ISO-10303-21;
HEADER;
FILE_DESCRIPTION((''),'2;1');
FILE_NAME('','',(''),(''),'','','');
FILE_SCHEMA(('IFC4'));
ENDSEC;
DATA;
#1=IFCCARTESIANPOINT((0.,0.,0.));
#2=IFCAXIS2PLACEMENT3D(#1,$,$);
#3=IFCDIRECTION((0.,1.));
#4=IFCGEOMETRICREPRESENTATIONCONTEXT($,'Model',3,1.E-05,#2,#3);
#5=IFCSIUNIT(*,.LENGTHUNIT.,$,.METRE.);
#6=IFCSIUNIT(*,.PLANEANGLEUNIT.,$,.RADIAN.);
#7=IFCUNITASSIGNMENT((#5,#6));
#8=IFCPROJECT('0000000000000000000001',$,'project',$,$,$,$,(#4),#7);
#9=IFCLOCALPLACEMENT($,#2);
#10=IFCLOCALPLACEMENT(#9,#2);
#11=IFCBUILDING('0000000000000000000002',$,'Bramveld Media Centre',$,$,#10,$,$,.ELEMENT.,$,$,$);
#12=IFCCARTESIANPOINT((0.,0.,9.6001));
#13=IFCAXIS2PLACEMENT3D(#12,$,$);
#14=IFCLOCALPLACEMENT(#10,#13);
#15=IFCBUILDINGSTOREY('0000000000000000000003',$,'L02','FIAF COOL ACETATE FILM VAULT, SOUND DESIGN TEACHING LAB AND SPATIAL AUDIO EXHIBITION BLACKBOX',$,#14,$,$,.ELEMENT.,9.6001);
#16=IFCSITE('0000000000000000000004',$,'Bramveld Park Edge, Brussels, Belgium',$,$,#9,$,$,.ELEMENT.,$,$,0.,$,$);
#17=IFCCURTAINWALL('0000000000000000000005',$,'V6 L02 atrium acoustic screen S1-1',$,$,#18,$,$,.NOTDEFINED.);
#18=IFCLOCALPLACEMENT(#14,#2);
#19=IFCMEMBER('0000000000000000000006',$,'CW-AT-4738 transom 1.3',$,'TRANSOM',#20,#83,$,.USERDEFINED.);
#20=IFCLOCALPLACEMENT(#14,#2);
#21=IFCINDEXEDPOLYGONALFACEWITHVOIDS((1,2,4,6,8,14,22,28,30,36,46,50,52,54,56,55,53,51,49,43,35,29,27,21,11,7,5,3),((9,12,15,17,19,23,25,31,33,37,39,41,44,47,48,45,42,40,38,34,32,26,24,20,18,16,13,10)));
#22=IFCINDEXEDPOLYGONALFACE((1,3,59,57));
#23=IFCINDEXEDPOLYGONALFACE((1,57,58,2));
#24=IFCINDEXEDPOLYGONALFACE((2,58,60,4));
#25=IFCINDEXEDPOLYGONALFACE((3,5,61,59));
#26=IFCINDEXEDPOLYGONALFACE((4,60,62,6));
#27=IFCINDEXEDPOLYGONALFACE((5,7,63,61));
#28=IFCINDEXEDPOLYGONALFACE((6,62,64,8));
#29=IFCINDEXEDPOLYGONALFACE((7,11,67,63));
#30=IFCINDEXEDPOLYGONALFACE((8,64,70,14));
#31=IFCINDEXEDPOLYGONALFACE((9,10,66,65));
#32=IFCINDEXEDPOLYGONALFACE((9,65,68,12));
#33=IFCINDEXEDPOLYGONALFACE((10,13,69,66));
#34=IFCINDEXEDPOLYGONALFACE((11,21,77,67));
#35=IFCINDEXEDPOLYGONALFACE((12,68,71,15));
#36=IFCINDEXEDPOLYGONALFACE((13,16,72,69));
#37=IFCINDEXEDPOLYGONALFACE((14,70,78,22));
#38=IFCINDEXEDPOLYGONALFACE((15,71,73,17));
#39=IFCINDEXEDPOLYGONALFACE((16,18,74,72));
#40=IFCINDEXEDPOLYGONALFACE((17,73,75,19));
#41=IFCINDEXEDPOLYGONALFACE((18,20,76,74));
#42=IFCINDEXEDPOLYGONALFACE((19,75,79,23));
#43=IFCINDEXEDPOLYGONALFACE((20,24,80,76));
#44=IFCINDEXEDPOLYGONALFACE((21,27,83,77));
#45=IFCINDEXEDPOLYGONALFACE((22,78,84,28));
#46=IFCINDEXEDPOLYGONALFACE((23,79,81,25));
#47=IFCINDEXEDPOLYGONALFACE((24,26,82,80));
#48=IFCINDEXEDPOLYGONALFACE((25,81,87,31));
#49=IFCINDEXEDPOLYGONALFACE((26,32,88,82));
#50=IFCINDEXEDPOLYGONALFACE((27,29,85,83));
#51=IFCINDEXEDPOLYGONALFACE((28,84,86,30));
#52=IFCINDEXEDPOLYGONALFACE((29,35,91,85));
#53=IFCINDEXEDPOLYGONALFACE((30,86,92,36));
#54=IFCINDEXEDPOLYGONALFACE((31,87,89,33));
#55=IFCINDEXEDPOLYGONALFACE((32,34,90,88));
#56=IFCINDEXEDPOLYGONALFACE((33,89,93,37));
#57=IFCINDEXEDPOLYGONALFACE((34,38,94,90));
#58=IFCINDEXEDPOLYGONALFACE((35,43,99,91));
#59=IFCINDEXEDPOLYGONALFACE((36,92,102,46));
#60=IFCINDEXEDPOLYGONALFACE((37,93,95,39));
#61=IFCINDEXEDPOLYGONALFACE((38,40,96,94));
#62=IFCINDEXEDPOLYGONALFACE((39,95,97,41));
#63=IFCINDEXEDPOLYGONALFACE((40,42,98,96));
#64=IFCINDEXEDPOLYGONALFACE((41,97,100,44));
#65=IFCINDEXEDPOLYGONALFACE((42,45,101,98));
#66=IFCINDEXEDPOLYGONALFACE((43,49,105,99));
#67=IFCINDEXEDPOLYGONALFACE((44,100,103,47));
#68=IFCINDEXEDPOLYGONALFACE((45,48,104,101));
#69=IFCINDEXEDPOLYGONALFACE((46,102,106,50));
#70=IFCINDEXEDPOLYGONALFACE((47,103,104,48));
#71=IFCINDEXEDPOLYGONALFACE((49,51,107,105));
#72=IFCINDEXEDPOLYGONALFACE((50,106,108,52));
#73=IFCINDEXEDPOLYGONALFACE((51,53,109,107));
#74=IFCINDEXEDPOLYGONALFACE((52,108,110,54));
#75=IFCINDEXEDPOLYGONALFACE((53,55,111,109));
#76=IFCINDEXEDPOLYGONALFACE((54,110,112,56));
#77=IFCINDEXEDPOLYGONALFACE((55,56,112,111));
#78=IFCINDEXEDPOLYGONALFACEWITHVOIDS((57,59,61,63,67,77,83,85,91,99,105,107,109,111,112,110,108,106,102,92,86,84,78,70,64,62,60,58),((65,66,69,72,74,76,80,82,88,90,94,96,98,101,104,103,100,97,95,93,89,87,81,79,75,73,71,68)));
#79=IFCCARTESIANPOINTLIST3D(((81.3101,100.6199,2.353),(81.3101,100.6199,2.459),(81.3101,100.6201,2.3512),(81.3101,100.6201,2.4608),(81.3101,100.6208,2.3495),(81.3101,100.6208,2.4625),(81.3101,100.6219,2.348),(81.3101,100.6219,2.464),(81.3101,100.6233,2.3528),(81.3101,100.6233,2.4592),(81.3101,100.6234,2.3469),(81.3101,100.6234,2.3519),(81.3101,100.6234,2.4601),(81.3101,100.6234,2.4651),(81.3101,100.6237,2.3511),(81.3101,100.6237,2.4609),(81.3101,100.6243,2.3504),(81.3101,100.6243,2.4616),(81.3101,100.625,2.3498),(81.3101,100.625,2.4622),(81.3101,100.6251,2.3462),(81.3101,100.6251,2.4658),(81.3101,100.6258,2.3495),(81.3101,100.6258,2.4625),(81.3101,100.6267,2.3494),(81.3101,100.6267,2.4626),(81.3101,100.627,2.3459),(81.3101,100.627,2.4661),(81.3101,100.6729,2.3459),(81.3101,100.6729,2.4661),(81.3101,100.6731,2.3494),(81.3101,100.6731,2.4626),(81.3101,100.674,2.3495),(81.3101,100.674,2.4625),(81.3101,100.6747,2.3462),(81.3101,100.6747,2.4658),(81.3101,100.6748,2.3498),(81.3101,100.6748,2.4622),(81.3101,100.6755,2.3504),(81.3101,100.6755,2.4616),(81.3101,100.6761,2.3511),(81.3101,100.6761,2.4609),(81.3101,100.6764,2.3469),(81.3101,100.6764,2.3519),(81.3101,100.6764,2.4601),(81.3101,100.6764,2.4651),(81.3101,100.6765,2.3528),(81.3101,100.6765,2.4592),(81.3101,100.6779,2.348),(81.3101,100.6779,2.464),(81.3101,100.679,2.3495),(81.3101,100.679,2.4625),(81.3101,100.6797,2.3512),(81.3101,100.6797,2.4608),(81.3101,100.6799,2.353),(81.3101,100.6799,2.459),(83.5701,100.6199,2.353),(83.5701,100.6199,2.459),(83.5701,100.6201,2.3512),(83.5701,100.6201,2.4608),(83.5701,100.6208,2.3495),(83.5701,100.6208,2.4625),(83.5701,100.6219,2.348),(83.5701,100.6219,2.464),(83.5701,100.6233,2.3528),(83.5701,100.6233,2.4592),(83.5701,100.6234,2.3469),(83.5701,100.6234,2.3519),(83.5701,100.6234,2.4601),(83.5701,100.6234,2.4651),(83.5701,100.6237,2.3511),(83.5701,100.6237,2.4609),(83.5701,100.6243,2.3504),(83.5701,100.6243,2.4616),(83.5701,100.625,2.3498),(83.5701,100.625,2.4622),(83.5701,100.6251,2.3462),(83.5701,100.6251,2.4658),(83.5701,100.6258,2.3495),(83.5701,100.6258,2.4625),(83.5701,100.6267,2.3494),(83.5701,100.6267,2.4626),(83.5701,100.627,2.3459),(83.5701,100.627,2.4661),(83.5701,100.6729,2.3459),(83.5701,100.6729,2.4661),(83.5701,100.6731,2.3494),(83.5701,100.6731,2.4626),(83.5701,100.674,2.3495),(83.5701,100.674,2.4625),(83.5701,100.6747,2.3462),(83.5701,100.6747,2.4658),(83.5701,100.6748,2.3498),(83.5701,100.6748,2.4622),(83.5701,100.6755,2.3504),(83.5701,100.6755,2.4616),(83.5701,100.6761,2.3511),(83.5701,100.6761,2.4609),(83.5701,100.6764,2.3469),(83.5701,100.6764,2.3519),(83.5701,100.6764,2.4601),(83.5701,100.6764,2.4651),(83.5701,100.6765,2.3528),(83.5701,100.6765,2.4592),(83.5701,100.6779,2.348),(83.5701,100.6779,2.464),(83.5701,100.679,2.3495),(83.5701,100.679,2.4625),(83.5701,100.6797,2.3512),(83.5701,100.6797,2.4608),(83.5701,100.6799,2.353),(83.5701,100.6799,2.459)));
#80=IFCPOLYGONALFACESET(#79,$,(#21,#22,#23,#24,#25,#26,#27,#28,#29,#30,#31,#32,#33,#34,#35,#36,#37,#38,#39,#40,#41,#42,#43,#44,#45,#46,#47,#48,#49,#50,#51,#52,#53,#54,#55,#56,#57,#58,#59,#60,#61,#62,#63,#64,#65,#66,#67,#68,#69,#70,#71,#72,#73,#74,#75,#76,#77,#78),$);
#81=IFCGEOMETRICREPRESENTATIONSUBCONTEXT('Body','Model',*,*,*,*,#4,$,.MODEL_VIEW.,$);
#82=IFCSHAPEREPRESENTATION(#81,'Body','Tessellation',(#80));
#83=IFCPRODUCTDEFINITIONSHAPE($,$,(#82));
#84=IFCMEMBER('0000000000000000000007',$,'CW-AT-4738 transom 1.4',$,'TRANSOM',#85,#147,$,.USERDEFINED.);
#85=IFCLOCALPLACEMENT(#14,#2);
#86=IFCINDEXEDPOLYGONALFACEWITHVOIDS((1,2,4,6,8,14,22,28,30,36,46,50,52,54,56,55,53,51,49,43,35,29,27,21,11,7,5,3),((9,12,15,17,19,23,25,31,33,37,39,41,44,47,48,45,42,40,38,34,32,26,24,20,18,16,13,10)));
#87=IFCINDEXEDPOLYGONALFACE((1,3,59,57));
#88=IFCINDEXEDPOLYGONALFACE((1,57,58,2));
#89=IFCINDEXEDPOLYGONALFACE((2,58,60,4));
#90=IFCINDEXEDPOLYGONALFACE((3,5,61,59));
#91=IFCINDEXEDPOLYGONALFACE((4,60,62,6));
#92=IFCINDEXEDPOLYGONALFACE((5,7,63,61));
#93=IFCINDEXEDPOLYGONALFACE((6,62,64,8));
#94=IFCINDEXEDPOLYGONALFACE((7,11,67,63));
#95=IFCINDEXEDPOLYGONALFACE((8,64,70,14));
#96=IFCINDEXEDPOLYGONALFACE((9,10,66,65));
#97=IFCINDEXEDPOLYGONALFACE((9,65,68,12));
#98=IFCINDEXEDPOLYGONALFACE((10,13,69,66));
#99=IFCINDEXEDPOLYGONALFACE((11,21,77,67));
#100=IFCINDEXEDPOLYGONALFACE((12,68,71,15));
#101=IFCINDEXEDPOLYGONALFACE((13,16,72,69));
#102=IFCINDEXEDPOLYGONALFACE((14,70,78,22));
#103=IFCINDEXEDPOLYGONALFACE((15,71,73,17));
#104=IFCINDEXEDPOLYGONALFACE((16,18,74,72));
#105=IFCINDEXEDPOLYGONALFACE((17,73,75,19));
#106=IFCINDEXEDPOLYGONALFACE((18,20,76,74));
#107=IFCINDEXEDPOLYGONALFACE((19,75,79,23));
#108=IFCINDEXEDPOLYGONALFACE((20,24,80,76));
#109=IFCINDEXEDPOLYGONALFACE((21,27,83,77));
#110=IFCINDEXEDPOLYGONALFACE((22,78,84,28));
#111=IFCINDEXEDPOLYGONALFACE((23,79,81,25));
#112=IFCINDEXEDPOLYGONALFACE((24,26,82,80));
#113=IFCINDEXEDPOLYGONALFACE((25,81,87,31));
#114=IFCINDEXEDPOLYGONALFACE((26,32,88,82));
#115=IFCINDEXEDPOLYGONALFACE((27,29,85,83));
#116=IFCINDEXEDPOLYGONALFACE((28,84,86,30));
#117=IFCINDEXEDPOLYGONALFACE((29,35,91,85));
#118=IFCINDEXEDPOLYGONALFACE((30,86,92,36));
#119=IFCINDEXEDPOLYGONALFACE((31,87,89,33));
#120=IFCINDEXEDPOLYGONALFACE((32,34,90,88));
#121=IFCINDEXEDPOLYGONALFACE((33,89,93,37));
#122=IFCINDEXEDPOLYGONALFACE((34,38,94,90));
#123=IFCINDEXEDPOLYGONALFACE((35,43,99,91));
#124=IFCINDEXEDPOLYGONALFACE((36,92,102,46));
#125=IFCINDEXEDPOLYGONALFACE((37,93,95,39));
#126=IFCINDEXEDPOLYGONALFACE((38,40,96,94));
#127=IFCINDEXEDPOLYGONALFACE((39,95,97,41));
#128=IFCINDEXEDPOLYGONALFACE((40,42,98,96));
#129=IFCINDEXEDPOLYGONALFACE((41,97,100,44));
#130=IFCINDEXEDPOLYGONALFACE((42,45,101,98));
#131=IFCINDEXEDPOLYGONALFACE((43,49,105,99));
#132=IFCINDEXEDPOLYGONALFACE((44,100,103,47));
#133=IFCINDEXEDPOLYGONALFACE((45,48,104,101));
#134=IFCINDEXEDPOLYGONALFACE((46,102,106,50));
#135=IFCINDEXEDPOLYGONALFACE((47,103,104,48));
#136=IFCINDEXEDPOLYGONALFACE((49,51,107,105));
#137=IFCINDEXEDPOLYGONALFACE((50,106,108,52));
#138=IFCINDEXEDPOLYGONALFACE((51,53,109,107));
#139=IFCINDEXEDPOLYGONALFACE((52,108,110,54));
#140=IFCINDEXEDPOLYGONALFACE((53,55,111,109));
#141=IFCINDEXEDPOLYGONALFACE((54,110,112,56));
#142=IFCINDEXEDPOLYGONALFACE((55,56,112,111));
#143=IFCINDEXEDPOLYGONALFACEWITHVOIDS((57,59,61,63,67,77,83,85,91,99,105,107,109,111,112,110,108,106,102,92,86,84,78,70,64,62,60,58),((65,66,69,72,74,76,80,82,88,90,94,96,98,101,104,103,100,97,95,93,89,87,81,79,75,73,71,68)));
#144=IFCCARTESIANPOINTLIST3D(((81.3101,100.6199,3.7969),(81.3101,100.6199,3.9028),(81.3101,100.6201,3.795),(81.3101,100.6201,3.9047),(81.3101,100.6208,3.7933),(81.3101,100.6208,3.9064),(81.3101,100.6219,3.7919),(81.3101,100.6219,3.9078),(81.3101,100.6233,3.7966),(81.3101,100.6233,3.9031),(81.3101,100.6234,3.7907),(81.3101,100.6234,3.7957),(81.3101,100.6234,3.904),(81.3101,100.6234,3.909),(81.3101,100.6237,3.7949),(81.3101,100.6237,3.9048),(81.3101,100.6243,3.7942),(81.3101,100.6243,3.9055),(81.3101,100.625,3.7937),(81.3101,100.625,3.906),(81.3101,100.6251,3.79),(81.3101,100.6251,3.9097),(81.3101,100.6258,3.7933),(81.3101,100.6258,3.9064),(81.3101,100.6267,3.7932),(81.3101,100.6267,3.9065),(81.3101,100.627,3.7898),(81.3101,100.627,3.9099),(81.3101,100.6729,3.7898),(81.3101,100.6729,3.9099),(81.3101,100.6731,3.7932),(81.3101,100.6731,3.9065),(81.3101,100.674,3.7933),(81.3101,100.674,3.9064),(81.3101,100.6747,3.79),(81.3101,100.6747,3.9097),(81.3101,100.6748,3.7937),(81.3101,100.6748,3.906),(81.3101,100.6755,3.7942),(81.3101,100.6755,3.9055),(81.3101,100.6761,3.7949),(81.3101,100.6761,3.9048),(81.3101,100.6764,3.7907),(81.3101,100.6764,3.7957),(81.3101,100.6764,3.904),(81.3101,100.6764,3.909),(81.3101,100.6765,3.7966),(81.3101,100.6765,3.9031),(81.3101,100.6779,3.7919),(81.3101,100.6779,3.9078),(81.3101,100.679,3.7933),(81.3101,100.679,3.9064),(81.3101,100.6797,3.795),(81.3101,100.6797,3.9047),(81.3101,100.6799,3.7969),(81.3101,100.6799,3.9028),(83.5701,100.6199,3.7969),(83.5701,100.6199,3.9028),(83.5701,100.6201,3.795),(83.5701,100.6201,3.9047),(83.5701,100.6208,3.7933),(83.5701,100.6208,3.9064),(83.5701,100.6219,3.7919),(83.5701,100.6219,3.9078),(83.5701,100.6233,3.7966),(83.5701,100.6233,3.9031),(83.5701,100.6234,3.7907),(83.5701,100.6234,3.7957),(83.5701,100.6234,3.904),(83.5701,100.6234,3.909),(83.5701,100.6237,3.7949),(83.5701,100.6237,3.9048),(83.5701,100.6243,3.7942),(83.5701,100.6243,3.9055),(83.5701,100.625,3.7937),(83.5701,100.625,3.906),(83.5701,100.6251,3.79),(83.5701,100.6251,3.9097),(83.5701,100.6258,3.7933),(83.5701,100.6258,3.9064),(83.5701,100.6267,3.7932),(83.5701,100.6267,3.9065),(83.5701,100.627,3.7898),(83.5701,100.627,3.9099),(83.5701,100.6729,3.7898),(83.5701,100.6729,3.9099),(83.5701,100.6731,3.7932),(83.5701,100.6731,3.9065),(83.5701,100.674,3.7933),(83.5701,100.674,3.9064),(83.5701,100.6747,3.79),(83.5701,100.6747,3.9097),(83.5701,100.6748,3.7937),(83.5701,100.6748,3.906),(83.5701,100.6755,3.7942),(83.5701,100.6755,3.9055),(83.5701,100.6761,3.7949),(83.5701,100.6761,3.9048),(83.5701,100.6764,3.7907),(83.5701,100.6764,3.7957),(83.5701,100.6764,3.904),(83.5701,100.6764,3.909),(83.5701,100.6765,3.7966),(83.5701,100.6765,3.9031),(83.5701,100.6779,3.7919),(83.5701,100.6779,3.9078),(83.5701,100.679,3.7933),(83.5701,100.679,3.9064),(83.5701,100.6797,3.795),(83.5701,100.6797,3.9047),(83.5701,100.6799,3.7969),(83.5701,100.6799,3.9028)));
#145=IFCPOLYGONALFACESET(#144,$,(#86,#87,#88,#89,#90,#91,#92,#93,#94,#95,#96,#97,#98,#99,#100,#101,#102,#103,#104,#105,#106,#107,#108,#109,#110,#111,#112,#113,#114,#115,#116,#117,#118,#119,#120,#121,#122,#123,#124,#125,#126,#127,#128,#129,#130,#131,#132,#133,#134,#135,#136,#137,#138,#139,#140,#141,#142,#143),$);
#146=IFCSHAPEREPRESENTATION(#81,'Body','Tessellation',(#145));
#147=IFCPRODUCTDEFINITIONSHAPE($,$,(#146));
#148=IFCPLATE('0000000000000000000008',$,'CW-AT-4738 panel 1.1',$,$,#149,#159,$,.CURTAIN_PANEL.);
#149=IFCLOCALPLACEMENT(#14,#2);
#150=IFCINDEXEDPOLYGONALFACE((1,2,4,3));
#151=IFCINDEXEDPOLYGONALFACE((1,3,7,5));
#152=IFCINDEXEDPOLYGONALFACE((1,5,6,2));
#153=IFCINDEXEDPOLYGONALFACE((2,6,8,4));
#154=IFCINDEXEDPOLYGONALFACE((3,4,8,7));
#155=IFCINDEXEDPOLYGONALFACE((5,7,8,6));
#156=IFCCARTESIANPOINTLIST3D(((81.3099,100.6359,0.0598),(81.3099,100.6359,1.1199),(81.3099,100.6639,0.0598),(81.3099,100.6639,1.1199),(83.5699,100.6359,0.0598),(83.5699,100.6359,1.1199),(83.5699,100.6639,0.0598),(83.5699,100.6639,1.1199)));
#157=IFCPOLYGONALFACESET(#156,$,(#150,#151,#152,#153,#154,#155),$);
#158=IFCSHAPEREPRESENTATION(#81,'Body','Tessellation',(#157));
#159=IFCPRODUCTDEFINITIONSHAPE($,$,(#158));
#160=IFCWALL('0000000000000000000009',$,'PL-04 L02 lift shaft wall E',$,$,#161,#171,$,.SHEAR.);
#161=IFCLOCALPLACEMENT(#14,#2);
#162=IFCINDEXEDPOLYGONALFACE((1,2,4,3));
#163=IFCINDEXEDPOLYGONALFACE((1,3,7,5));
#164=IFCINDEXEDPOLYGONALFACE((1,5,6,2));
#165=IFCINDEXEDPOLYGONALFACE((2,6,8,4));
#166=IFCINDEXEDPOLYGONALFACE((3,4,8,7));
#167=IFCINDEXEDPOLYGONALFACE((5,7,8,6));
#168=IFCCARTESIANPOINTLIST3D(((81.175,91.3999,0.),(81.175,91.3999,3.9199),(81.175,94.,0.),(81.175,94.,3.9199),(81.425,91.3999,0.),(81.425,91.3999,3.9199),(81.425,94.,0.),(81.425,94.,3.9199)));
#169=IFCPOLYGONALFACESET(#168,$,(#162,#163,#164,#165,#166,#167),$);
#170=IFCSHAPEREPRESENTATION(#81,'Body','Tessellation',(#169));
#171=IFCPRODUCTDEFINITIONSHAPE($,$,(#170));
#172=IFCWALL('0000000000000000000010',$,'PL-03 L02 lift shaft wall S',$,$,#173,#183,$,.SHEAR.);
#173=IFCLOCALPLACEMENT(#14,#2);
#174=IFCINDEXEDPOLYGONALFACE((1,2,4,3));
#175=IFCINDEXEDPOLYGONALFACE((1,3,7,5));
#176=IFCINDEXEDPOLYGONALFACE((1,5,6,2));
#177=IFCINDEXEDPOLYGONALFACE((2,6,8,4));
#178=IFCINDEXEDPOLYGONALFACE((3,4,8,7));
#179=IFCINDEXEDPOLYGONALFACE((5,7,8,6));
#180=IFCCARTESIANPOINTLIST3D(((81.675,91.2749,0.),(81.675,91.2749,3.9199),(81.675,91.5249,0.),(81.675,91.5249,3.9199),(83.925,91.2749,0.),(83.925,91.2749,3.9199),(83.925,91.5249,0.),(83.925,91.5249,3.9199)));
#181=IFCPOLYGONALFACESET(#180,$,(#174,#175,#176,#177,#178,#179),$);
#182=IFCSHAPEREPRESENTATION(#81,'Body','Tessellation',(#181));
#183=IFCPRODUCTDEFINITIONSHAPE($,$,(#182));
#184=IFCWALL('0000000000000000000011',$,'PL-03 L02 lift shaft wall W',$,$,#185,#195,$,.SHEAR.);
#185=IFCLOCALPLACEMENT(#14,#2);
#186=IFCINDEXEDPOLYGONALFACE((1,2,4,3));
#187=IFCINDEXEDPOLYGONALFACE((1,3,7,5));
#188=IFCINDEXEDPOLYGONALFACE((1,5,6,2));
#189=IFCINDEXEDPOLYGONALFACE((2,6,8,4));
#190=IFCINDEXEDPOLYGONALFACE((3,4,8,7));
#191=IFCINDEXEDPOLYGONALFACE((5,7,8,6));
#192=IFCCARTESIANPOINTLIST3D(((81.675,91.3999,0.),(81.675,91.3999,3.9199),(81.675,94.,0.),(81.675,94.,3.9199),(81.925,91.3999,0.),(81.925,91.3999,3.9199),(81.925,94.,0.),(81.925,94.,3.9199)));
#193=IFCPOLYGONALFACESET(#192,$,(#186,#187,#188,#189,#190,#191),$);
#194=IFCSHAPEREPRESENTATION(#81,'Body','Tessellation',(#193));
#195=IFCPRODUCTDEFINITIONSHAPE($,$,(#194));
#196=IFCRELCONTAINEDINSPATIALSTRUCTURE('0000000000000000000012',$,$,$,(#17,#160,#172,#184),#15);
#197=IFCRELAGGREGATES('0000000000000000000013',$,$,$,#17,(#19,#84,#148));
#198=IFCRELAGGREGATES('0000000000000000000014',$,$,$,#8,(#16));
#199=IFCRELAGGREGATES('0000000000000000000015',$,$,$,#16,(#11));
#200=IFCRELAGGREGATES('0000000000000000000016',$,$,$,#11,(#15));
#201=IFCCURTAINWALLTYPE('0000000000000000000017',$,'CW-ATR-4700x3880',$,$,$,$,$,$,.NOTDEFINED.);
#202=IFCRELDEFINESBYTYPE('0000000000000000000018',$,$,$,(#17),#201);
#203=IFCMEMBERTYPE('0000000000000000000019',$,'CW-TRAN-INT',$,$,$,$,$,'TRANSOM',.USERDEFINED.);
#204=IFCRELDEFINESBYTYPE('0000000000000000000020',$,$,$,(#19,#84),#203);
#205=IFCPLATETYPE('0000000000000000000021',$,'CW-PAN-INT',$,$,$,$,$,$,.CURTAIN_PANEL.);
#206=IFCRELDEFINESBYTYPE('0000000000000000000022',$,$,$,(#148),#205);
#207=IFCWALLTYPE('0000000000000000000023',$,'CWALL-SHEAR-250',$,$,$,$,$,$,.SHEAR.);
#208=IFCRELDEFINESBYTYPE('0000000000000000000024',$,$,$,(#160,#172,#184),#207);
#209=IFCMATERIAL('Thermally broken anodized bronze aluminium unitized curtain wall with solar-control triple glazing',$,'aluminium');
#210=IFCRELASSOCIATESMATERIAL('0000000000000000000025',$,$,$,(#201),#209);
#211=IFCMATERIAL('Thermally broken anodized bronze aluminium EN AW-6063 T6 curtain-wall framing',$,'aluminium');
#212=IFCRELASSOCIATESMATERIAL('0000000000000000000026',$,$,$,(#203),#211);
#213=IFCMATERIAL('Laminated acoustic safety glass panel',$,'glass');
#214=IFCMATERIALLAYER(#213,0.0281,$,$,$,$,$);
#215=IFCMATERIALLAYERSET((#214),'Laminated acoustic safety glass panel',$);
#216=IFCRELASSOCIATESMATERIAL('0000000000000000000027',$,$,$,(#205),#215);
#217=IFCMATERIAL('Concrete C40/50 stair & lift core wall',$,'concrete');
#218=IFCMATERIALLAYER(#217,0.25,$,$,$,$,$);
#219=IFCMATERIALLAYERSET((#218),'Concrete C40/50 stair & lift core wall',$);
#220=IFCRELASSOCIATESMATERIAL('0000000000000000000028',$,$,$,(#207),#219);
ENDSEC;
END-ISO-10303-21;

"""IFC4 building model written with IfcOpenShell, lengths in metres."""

from ifc_helpers import new_model, si_unit, direction, frame, frame_2d, origin, origin_2d, place, context, subcontext, project, spatial, rectangle, hollow_rectangle, extrude, material, layer, layer_set, material_profile, profile_set, type_object, element, aggregate, save


model = new_model("IFC4")

# Units and contexts
model_context = context("Model", 3, precision=1e-05, world=origin(), true_north=direction((0.0, 1.0)))
body_context = subcontext(model_context, "Body", "Model", "MODEL_VIEW")
ifc_project = project(units=[si_unit("LENGTHUNIT", "METRE"), si_unit("PLANEANGLEUNIT", "RADIAN")], contexts=[model_context])

# Site, building, storey
site_placement = place(None, origin())
site = spatial("IfcSite", under=ifc_project, at=site_placement, Name="Bramveld Park Edge, Brussels, Belgium", CompositionType="ELEMENT", RefElevation=0.0)
building_placement = place(site_placement, origin())
building = spatial("IfcBuilding", under=site, at=building_placement, Name="Bramveld Media Centre", CompositionType="ELEMENT")
storey_placement = place(building_placement, frame((0.0, 0.0, 9.6001)))
storey = spatial("IfcBuildingStorey", under=building, at=storey_placement, Name="L02", Description="FIAF COOL ACETATE FILM VAULT, SOUND DESIGN TEACHING LAB AND SPATIAL AUDIO EXHIBITION BLACKBOX", CompositionType="ELEMENT", Elevation=9.6001)

# Curtain wall, members, plate
ifc_material_1 = material(Name="Thermally broken anodized bronze aluminium unitized curtain wall with solar-control triple glazing", Category="aluminium")
curtain_wall_type = type_object("IfcCurtainWallType", Name="CW-ATR-4700x3880", PredefinedType="NOTDEFINED", material=ifc_material_1)
curtain_wall_placement = place(storey_placement, origin())
curtain_wall = element("IfcCurtainWall", 1, at=curtain_wall_placement, inside=storey, type_object=curtain_wall_type, Name="V6 L02 atrium acoustic screen S1-1", PredefinedType="NOTDEFINED")
ifc_material_2 = material(Name="Thermally broken anodized bronze aluminium EN AW-6063 T6 curtain-wall framing", Category="aluminium")
ifc_material_profile_1 = material_profile(ifc_material_2, hollow_rectangle(XDim=0.0601, YDim=0.1201, WallThickness=0.0034, InnerFilletRadius=0.0034, OuterFilletRadius=0.0071, at=origin_2d()), Name="AL-TRAN 60x120")
ifc_profile_set_1 = profile_set([ifc_material_profile_1], Name="Thermally broken anodized bronze aluminium EN AW-6063 T6 curtain-wall framing")
member_type = type_object("IfcMemberType", Name="CW-TRAN-INT", ElementType="TRANSOM", PredefinedType="USERDEFINED", material=ifc_profile_set_1)
member_1_placement = place(storey_placement, frame((81.3101, 100.6499, 2.406), z_axis=(1.0, 0.0, 0.0), x_axis=(0.0, 1.0, 0.0)))
member_1 = element("IfcMember", 2, at=member_1_placement, type_object=member_type, Name="CW-AT-4738 transom 1.3", ObjectType="TRANSOM", PredefinedType="USERDEFINED", context=body_context, shape_type="SweptSolid", body=[
    extrude(hollow_rectangle(XDim=0.0601, YDim=0.1201, WallThickness=0.0034, InnerFilletRadius=0.0034, OuterFilletRadius=0.0071, at=origin_2d()), origin(), (0.0, 0.0, 1.0), 2.26),
])
member_2_placement = place(storey_placement, frame((81.3101, 100.6499, 3.8499), z_axis=(1.0, 0.0, 0.0), x_axis=(0.0, 1.0, 0.0)))
member_2 = element("IfcMember", 3, at=member_2_placement, type_object=member_type, Name="CW-AT-4738 transom 1.4", ObjectType="TRANSOM", PredefinedType="USERDEFINED", context=body_context, shape_type="SweptSolid", body=[
    extrude(hollow_rectangle(XDim=0.0601, YDim=0.1201, WallThickness=0.0034, InnerFilletRadius=0.0034, OuterFilletRadius=0.0071, at=origin_2d()), origin(), (0.0, 0.0, 1.0), 2.26),
])
ifc_material_3 = material(Name="Laminated acoustic safety glass panel", Category="glass")
ifc_layer_1 = layer(ifc_material_3, 0.0281)
ifc_layer_set_1 = layer_set([ifc_layer_1], Name="Laminated acoustic safety glass panel")
plate_type = type_object("IfcPlateType", Name="CW-PAN-INT", PredefinedType="CURTAIN_PANEL", material=ifc_layer_set_1)
plate_placement = place(storey_placement, frame((82.4399, 100.6499, 0.0598), z_axis=(0.0, 0.0, 1.0), x_axis=(1.0, 0.0, 0.0)))
plate = element("IfcPlate", 4, at=plate_placement, type_object=plate_type, Name="CW-AT-4738 panel 1.1", PredefinedType="CURTAIN_PANEL", context=body_context, shape_type="SweptSolid", body=[
    extrude(rectangle(XDim=2.26, YDim=0.0281, at=origin_2d()), origin(), (0.0, 0.0, 1.0), 1.0601),
])
aggregate(curtain_wall, [member_1, member_2, plate])

# Shared definitions
ifc_material_4 = material(Name="Concrete C40/50 stair & lift core wall", Category="concrete")
ifc_layer_2 = layer(ifc_material_4, 0.25)
ifc_layer_set_2 = layer_set([ifc_layer_2], Name="Concrete C40/50 stair & lift core wall")
wall_type_1 = type_object("IfcWallType", Name="CWALL-SHEAR-250", PredefinedType="SHEAR", material=ifc_layer_set_2)

# Walls
wall_1_placement = place(storey_placement, frame((81.3, 91.3999, 0.0), z_axis=(0.0, 0.0, 1.0), x_axis=(0.0, 1.0, 0.0)))
element("IfcWall", 5, at=wall_1_placement, inside=storey, type_object=wall_type_1, Name="PL-04 L02 lift shaft wall E", PredefinedType="SHEAR", context=body_context, shape_type="SweptSolid", body=[
    extrude(rectangle(XDim=2.6001, YDim=0.25, at=frame_2d((1.3, 0.0))), origin(), (0.0, 0.0, 1.0), 3.9199),
])
wall_2_placement = place(storey_placement, frame((81.675, 91.3999, 0.0), z_axis=(0.0, 0.0, 1.0), x_axis=(1.0, 0.0, 0.0)))
element("IfcWall", 6, at=wall_2_placement, inside=storey, type_object=wall_type_1, Name="PL-03 L02 lift shaft wall S", PredefinedType="SHEAR", context=body_context, shape_type="SweptSolid", body=[
    extrude(rectangle(XDim=2.25, YDim=0.25, at=frame_2d((1.125, 0.0))), origin(), (0.0, 0.0, 1.0), 3.9199),
])

# Wall
for number, where, z_axis, x_axis, name in (
    (7, (81.8, 94.0, 0.0), (0.0, 0.0, 1.0), (0.0, -1.0, 0.0), "PL-03 L02 lift shaft wall W"),
):
    element("IfcWall", number, at=place(storey_placement, frame(where, z_axis=z_axis, x_axis=x_axis)), inside=storey, type_object=wall_type_1, Name=name, PredefinedType="SHEAR", context=body_context, shape_type="SweptSolid", body=[
        extrude(rectangle(XDim=2.6001, YDim=0.25, at=frame_2d((1.3, 0.0))), origin(), (0.0, 0.0, 1.0), 3.9199),
    ])

save(model, "model.ifc")
